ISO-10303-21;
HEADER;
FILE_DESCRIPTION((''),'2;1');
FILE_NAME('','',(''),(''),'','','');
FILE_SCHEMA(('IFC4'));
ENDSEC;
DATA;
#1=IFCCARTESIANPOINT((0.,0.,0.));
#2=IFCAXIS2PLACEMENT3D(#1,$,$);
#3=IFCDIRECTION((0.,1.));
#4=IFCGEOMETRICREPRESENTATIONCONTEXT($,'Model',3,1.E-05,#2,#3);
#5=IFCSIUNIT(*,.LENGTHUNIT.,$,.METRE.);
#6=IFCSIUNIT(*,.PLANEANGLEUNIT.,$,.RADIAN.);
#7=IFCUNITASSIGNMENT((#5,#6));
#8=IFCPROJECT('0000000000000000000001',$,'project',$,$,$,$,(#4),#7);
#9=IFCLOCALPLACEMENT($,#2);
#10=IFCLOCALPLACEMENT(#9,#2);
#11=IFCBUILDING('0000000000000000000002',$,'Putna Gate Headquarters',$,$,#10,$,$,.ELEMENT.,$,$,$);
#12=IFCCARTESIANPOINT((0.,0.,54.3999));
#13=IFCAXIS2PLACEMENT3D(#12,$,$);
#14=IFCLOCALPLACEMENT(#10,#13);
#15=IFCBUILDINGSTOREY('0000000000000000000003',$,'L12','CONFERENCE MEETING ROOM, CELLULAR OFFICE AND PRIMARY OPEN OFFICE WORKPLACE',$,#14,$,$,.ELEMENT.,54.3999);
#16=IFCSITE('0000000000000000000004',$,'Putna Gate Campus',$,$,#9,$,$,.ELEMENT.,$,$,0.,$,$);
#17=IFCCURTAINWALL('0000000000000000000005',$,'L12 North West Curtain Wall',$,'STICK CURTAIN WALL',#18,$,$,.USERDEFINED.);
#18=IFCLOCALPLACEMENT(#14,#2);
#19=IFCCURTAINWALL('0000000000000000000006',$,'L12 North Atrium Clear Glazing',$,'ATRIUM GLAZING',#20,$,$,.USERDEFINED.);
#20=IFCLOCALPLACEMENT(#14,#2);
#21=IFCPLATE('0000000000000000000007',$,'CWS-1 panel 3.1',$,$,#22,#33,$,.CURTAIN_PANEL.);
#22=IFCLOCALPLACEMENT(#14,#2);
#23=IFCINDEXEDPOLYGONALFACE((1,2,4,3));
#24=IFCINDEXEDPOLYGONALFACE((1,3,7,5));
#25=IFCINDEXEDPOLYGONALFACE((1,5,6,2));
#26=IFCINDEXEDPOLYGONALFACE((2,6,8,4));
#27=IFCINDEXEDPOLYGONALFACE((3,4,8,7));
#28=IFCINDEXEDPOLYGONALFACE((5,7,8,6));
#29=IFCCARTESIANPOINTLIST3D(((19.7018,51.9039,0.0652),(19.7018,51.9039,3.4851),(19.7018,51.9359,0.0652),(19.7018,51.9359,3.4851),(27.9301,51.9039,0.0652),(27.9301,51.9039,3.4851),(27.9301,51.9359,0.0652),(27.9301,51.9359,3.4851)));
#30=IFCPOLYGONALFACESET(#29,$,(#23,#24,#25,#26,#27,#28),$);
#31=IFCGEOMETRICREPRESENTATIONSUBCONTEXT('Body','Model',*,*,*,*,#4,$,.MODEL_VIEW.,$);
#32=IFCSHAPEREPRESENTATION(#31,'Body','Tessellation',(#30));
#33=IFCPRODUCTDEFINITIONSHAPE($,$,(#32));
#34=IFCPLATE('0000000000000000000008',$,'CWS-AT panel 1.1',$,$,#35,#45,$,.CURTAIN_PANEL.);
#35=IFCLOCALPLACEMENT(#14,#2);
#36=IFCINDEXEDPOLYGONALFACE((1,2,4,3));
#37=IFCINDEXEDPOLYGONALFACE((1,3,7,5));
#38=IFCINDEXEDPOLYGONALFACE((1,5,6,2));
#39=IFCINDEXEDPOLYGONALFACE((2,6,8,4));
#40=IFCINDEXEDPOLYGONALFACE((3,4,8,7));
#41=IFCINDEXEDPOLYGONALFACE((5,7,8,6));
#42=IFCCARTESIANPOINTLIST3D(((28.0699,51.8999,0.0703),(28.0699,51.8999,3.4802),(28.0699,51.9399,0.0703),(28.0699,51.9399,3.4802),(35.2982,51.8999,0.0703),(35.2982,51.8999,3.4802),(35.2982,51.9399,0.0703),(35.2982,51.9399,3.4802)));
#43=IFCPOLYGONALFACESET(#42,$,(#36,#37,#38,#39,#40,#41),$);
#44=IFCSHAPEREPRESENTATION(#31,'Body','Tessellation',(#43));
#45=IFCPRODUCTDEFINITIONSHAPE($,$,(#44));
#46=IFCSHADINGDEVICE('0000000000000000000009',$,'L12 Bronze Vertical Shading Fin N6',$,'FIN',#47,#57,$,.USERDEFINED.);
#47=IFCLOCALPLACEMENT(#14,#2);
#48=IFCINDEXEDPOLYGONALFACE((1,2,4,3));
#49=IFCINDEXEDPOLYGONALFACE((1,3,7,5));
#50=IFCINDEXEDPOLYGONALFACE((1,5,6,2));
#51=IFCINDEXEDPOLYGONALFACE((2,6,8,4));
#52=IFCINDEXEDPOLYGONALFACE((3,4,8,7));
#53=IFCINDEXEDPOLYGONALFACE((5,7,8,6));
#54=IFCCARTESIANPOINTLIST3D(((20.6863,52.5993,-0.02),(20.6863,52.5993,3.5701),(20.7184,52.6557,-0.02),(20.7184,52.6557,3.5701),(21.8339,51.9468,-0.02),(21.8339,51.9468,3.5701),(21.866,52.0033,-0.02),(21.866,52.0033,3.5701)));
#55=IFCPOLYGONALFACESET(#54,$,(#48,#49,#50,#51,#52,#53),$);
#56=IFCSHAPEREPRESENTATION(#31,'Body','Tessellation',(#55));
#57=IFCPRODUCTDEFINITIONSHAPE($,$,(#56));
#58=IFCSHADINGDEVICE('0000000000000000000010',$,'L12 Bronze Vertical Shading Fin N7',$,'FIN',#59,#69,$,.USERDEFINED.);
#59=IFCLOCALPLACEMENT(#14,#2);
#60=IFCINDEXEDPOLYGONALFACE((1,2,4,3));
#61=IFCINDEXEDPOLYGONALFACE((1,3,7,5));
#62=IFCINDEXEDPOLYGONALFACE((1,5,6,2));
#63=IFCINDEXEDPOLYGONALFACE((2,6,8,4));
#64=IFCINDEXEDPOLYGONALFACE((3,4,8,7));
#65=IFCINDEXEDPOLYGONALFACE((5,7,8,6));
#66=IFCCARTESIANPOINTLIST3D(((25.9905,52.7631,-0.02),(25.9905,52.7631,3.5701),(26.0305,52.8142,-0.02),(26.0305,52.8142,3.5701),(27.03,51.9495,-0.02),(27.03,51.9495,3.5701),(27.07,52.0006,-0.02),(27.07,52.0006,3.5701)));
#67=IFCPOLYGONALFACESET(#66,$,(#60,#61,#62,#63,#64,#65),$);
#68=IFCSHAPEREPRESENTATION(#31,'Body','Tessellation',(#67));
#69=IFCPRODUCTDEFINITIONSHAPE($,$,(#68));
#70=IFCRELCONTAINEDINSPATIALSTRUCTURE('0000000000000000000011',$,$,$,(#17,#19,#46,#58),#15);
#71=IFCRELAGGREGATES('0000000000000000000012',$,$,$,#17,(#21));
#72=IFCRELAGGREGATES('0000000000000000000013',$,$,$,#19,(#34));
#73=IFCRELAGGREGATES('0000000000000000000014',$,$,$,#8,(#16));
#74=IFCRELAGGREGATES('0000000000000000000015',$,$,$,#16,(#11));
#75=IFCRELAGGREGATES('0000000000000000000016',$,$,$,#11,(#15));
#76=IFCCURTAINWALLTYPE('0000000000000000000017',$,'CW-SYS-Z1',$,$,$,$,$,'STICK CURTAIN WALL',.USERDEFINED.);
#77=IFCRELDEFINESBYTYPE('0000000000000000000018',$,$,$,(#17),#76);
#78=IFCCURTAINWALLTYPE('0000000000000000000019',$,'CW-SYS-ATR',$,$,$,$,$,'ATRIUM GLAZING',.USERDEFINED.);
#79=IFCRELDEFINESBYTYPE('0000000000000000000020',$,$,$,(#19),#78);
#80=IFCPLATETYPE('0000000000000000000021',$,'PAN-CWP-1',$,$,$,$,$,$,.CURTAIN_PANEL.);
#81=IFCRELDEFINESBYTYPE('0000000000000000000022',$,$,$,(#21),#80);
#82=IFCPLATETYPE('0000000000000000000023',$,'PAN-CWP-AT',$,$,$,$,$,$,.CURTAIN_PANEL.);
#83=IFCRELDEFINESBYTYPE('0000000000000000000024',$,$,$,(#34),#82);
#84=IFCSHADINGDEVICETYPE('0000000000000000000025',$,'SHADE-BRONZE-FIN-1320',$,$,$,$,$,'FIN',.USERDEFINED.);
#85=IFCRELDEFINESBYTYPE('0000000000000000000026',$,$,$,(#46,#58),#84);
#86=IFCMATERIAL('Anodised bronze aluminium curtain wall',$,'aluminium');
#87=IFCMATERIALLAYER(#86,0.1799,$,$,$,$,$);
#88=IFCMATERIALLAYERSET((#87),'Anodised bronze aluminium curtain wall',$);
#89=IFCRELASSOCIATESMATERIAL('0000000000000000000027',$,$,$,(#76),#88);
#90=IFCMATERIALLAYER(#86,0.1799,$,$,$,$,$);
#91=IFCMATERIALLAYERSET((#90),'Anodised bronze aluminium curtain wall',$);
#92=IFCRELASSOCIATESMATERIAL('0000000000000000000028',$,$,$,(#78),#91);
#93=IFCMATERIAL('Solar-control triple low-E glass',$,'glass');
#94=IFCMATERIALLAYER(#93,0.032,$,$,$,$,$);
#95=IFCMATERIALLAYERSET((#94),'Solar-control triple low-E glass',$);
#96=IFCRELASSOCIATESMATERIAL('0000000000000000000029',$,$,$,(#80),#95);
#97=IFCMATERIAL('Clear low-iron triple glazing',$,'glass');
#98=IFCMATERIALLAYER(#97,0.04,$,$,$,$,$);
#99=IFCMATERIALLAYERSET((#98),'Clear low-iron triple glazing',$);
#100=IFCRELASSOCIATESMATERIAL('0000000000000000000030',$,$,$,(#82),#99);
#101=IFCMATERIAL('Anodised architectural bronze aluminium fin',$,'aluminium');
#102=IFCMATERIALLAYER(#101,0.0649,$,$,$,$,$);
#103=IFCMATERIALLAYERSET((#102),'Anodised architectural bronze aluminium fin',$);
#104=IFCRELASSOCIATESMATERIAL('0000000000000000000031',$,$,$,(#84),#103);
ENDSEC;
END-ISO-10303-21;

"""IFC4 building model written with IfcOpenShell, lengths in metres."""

from ifc_helpers import new_model, si_unit, direction, frame, origin, origin_2d, place, context, subcontext, project, spatial, rectangle, extrude, material, layer, layer_set, type_object, element, aggregate, save


model = new_model("IFC4")

# Units and contexts
model_context = context("Model", 3, precision=1e-05, world=origin(), true_north=direction((0.0, 1.0)))
body_context = subcontext(model_context, "Body", "Model", "MODEL_VIEW")
ifc_project = project(units=[si_unit("LENGTHUNIT", "METRE"), si_unit("PLANEANGLEUNIT", "RADIAN")], contexts=[model_context])

# Site, building, storey
site_placement = place(None, origin())
site = spatial("IfcSite", under=ifc_project, at=site_placement, Name="Putna Gate Campus", CompositionType="ELEMENT", RefElevation=0.0)
building_placement = place(site_placement, origin())
building = spatial("IfcBuilding", under=site, at=building_placement, Name="Putna Gate Headquarters", CompositionType="ELEMENT")
storey_placement = place(building_placement, frame((0.0, 0.0, 54.3999)))
storey = spatial("IfcBuildingStorey", under=building, at=storey_placement, Name="L12", Description="CONFERENCE MEETING ROOM, CELLULAR OFFICE AND PRIMARY OPEN OFFICE WORKPLACE", CompositionType="ELEMENT", Elevation=54.3999)

# Curtain walls
ifc_material_1 = material(Name="Anodised bronze aluminium curtain wall", Category="aluminium")
ifc_layer_1 = layer(ifc_material_1, 0.1799)
ifc_layer_set_1 = layer_set([ifc_layer_1], Name="Anodised bronze aluminium curtain wall")
curtain_wall_type_1 = type_object("IfcCurtainWallType", Name="CW-SYS-Z1", ElementType="STICK CURTAIN WALL", PredefinedType="USERDEFINED", material=ifc_layer_set_1)
curtain_wall_1_placement = place(storey_placement, origin())
curtain_wall_1 = element("IfcCurtainWall", 1, at=curtain_wall_1_placement, inside=storey, type_object=curtain_wall_type_1, Name="L12 North West Curtain Wall", ObjectType="STICK CURTAIN WALL", PredefinedType="USERDEFINED")
ifc_layer_2 = layer(ifc_material_1, 0.1799)
ifc_layer_set_2 = layer_set([ifc_layer_2], Name="Anodised bronze aluminium curtain wall")
curtain_wall_type_2 = type_object("IfcCurtainWallType", Name="CW-SYS-ATR", ElementType="ATRIUM GLAZING", PredefinedType="USERDEFINED", material=ifc_layer_set_2)
curtain_wall_2_placement = place(storey_placement, origin())
curtain_wall_2 = element("IfcCurtainWall", 2, at=curtain_wall_2_placement, inside=storey, type_object=curtain_wall_type_2, Name="L12 North Atrium Clear Glazing", ObjectType="ATRIUM GLAZING", PredefinedType="USERDEFINED")

# Plates
ifc_material_2 = material(Name="Solar-control triple low-E glass", Category="glass")
ifc_layer_3 = layer(ifc_material_2, 0.032)
ifc_layer_set_3 = layer_set([ifc_layer_3], Name="Solar-control triple low-E glass")
plate_type_1 = type_object("IfcPlateType", Name="PAN-CWP-1", PredefinedType="CURTAIN_PANEL", material=ifc_layer_set_3)
plate_1_placement = place(storey_placement, frame((23.8159, 51.9199, 0.0652), z_axis=(0.0, 0.0, 1.0), x_axis=(1.0, 0.0, 0.0)))
plate_1 = element("IfcPlate", 3, at=plate_1_placement, type_object=plate_type_1, Name="CWS-1 panel 3.1", PredefinedType="CURTAIN_PANEL", context=body_context, shape_type="SweptSolid", body=[
    extrude(rectangle(XDim=8.2283, YDim=0.032, at=origin_2d()), origin(), (0.0, 0.0, 1.0), 3.4199),
])
aggregate(curtain_wall_1, [plate_1])
ifc_material_3 = material(Name="Clear low-iron triple glazing", Category="glass")
ifc_layer_4 = layer(ifc_material_3, 0.04)
ifc_layer_set_4 = layer_set([ifc_layer_4], Name="Clear low-iron triple glazing")
plate_type_2 = type_object("IfcPlateType", Name="PAN-CWP-AT", PredefinedType="CURTAIN_PANEL", material=ifc_layer_set_4)
plate_2_placement = place(storey_placement, frame((31.6841, 51.9199, 0.0703), z_axis=(0.0, 0.0, 1.0), x_axis=(1.0, 0.0, 0.0)))
plate_2 = element("IfcPlate", 4, at=plate_2_placement, type_object=plate_type_2, Name="CWS-AT panel 1.1", PredefinedType="CURTAIN_PANEL", context=body_context, shape_type="SweptSolid", body=[
    extrude(rectangle(XDim=7.2283, YDim=0.04, at=origin_2d()), origin(), (0.0, 0.0, 1.0), 3.4099),
])
aggregate(curtain_wall_2, [plate_2])

# Shading devices
ifc_material_4 = material(Name="Anodised architectural bronze aluminium fin", Category="aluminium")
ifc_layer_5 = layer(ifc_material_4, 0.0649)
ifc_layer_set_5 = layer_set([ifc_layer_5], Name="Anodised architectural bronze aluminium fin")
shading_device_type = type_object("IfcShadingDeviceType", Name="SHADE-BRONZE-FIN-1320", ElementType="FIN", PredefinedType="USERDEFINED", material=ifc_layer_set_5)
for number, where, z_axis, x_axis, name in (
    (5, (21.2761, 52.3013, -0.02), (0.0, 0.0, 1.0), (-0.869322, 0.494245, 0.0), "L12 Bronze Vertical Shading Fin N6"),
    (6, (26.5303, 52.3818, -0.02), (0.0, 0.0, 1.0), (-0.787473, 0.616349, 0.0), "L12 Bronze Vertical Shading Fin N7"),
):
    element("IfcShadingDevice", number, at=place(storey_placement, frame(where, z_axis=z_axis, x_axis=x_axis)), inside=storey, type_object=shading_device_type, Name=name, ObjectType="FIN", PredefinedType="USERDEFINED", context=body_context, shape_type="SweptSolid", body=[
        extrude(rectangle(XDim=1.3201, YDim=0.0649, at=origin_2d()), origin(), (0.0, 0.0, 1.0), 3.5901),
    ])

save(model, "model.ifc")
